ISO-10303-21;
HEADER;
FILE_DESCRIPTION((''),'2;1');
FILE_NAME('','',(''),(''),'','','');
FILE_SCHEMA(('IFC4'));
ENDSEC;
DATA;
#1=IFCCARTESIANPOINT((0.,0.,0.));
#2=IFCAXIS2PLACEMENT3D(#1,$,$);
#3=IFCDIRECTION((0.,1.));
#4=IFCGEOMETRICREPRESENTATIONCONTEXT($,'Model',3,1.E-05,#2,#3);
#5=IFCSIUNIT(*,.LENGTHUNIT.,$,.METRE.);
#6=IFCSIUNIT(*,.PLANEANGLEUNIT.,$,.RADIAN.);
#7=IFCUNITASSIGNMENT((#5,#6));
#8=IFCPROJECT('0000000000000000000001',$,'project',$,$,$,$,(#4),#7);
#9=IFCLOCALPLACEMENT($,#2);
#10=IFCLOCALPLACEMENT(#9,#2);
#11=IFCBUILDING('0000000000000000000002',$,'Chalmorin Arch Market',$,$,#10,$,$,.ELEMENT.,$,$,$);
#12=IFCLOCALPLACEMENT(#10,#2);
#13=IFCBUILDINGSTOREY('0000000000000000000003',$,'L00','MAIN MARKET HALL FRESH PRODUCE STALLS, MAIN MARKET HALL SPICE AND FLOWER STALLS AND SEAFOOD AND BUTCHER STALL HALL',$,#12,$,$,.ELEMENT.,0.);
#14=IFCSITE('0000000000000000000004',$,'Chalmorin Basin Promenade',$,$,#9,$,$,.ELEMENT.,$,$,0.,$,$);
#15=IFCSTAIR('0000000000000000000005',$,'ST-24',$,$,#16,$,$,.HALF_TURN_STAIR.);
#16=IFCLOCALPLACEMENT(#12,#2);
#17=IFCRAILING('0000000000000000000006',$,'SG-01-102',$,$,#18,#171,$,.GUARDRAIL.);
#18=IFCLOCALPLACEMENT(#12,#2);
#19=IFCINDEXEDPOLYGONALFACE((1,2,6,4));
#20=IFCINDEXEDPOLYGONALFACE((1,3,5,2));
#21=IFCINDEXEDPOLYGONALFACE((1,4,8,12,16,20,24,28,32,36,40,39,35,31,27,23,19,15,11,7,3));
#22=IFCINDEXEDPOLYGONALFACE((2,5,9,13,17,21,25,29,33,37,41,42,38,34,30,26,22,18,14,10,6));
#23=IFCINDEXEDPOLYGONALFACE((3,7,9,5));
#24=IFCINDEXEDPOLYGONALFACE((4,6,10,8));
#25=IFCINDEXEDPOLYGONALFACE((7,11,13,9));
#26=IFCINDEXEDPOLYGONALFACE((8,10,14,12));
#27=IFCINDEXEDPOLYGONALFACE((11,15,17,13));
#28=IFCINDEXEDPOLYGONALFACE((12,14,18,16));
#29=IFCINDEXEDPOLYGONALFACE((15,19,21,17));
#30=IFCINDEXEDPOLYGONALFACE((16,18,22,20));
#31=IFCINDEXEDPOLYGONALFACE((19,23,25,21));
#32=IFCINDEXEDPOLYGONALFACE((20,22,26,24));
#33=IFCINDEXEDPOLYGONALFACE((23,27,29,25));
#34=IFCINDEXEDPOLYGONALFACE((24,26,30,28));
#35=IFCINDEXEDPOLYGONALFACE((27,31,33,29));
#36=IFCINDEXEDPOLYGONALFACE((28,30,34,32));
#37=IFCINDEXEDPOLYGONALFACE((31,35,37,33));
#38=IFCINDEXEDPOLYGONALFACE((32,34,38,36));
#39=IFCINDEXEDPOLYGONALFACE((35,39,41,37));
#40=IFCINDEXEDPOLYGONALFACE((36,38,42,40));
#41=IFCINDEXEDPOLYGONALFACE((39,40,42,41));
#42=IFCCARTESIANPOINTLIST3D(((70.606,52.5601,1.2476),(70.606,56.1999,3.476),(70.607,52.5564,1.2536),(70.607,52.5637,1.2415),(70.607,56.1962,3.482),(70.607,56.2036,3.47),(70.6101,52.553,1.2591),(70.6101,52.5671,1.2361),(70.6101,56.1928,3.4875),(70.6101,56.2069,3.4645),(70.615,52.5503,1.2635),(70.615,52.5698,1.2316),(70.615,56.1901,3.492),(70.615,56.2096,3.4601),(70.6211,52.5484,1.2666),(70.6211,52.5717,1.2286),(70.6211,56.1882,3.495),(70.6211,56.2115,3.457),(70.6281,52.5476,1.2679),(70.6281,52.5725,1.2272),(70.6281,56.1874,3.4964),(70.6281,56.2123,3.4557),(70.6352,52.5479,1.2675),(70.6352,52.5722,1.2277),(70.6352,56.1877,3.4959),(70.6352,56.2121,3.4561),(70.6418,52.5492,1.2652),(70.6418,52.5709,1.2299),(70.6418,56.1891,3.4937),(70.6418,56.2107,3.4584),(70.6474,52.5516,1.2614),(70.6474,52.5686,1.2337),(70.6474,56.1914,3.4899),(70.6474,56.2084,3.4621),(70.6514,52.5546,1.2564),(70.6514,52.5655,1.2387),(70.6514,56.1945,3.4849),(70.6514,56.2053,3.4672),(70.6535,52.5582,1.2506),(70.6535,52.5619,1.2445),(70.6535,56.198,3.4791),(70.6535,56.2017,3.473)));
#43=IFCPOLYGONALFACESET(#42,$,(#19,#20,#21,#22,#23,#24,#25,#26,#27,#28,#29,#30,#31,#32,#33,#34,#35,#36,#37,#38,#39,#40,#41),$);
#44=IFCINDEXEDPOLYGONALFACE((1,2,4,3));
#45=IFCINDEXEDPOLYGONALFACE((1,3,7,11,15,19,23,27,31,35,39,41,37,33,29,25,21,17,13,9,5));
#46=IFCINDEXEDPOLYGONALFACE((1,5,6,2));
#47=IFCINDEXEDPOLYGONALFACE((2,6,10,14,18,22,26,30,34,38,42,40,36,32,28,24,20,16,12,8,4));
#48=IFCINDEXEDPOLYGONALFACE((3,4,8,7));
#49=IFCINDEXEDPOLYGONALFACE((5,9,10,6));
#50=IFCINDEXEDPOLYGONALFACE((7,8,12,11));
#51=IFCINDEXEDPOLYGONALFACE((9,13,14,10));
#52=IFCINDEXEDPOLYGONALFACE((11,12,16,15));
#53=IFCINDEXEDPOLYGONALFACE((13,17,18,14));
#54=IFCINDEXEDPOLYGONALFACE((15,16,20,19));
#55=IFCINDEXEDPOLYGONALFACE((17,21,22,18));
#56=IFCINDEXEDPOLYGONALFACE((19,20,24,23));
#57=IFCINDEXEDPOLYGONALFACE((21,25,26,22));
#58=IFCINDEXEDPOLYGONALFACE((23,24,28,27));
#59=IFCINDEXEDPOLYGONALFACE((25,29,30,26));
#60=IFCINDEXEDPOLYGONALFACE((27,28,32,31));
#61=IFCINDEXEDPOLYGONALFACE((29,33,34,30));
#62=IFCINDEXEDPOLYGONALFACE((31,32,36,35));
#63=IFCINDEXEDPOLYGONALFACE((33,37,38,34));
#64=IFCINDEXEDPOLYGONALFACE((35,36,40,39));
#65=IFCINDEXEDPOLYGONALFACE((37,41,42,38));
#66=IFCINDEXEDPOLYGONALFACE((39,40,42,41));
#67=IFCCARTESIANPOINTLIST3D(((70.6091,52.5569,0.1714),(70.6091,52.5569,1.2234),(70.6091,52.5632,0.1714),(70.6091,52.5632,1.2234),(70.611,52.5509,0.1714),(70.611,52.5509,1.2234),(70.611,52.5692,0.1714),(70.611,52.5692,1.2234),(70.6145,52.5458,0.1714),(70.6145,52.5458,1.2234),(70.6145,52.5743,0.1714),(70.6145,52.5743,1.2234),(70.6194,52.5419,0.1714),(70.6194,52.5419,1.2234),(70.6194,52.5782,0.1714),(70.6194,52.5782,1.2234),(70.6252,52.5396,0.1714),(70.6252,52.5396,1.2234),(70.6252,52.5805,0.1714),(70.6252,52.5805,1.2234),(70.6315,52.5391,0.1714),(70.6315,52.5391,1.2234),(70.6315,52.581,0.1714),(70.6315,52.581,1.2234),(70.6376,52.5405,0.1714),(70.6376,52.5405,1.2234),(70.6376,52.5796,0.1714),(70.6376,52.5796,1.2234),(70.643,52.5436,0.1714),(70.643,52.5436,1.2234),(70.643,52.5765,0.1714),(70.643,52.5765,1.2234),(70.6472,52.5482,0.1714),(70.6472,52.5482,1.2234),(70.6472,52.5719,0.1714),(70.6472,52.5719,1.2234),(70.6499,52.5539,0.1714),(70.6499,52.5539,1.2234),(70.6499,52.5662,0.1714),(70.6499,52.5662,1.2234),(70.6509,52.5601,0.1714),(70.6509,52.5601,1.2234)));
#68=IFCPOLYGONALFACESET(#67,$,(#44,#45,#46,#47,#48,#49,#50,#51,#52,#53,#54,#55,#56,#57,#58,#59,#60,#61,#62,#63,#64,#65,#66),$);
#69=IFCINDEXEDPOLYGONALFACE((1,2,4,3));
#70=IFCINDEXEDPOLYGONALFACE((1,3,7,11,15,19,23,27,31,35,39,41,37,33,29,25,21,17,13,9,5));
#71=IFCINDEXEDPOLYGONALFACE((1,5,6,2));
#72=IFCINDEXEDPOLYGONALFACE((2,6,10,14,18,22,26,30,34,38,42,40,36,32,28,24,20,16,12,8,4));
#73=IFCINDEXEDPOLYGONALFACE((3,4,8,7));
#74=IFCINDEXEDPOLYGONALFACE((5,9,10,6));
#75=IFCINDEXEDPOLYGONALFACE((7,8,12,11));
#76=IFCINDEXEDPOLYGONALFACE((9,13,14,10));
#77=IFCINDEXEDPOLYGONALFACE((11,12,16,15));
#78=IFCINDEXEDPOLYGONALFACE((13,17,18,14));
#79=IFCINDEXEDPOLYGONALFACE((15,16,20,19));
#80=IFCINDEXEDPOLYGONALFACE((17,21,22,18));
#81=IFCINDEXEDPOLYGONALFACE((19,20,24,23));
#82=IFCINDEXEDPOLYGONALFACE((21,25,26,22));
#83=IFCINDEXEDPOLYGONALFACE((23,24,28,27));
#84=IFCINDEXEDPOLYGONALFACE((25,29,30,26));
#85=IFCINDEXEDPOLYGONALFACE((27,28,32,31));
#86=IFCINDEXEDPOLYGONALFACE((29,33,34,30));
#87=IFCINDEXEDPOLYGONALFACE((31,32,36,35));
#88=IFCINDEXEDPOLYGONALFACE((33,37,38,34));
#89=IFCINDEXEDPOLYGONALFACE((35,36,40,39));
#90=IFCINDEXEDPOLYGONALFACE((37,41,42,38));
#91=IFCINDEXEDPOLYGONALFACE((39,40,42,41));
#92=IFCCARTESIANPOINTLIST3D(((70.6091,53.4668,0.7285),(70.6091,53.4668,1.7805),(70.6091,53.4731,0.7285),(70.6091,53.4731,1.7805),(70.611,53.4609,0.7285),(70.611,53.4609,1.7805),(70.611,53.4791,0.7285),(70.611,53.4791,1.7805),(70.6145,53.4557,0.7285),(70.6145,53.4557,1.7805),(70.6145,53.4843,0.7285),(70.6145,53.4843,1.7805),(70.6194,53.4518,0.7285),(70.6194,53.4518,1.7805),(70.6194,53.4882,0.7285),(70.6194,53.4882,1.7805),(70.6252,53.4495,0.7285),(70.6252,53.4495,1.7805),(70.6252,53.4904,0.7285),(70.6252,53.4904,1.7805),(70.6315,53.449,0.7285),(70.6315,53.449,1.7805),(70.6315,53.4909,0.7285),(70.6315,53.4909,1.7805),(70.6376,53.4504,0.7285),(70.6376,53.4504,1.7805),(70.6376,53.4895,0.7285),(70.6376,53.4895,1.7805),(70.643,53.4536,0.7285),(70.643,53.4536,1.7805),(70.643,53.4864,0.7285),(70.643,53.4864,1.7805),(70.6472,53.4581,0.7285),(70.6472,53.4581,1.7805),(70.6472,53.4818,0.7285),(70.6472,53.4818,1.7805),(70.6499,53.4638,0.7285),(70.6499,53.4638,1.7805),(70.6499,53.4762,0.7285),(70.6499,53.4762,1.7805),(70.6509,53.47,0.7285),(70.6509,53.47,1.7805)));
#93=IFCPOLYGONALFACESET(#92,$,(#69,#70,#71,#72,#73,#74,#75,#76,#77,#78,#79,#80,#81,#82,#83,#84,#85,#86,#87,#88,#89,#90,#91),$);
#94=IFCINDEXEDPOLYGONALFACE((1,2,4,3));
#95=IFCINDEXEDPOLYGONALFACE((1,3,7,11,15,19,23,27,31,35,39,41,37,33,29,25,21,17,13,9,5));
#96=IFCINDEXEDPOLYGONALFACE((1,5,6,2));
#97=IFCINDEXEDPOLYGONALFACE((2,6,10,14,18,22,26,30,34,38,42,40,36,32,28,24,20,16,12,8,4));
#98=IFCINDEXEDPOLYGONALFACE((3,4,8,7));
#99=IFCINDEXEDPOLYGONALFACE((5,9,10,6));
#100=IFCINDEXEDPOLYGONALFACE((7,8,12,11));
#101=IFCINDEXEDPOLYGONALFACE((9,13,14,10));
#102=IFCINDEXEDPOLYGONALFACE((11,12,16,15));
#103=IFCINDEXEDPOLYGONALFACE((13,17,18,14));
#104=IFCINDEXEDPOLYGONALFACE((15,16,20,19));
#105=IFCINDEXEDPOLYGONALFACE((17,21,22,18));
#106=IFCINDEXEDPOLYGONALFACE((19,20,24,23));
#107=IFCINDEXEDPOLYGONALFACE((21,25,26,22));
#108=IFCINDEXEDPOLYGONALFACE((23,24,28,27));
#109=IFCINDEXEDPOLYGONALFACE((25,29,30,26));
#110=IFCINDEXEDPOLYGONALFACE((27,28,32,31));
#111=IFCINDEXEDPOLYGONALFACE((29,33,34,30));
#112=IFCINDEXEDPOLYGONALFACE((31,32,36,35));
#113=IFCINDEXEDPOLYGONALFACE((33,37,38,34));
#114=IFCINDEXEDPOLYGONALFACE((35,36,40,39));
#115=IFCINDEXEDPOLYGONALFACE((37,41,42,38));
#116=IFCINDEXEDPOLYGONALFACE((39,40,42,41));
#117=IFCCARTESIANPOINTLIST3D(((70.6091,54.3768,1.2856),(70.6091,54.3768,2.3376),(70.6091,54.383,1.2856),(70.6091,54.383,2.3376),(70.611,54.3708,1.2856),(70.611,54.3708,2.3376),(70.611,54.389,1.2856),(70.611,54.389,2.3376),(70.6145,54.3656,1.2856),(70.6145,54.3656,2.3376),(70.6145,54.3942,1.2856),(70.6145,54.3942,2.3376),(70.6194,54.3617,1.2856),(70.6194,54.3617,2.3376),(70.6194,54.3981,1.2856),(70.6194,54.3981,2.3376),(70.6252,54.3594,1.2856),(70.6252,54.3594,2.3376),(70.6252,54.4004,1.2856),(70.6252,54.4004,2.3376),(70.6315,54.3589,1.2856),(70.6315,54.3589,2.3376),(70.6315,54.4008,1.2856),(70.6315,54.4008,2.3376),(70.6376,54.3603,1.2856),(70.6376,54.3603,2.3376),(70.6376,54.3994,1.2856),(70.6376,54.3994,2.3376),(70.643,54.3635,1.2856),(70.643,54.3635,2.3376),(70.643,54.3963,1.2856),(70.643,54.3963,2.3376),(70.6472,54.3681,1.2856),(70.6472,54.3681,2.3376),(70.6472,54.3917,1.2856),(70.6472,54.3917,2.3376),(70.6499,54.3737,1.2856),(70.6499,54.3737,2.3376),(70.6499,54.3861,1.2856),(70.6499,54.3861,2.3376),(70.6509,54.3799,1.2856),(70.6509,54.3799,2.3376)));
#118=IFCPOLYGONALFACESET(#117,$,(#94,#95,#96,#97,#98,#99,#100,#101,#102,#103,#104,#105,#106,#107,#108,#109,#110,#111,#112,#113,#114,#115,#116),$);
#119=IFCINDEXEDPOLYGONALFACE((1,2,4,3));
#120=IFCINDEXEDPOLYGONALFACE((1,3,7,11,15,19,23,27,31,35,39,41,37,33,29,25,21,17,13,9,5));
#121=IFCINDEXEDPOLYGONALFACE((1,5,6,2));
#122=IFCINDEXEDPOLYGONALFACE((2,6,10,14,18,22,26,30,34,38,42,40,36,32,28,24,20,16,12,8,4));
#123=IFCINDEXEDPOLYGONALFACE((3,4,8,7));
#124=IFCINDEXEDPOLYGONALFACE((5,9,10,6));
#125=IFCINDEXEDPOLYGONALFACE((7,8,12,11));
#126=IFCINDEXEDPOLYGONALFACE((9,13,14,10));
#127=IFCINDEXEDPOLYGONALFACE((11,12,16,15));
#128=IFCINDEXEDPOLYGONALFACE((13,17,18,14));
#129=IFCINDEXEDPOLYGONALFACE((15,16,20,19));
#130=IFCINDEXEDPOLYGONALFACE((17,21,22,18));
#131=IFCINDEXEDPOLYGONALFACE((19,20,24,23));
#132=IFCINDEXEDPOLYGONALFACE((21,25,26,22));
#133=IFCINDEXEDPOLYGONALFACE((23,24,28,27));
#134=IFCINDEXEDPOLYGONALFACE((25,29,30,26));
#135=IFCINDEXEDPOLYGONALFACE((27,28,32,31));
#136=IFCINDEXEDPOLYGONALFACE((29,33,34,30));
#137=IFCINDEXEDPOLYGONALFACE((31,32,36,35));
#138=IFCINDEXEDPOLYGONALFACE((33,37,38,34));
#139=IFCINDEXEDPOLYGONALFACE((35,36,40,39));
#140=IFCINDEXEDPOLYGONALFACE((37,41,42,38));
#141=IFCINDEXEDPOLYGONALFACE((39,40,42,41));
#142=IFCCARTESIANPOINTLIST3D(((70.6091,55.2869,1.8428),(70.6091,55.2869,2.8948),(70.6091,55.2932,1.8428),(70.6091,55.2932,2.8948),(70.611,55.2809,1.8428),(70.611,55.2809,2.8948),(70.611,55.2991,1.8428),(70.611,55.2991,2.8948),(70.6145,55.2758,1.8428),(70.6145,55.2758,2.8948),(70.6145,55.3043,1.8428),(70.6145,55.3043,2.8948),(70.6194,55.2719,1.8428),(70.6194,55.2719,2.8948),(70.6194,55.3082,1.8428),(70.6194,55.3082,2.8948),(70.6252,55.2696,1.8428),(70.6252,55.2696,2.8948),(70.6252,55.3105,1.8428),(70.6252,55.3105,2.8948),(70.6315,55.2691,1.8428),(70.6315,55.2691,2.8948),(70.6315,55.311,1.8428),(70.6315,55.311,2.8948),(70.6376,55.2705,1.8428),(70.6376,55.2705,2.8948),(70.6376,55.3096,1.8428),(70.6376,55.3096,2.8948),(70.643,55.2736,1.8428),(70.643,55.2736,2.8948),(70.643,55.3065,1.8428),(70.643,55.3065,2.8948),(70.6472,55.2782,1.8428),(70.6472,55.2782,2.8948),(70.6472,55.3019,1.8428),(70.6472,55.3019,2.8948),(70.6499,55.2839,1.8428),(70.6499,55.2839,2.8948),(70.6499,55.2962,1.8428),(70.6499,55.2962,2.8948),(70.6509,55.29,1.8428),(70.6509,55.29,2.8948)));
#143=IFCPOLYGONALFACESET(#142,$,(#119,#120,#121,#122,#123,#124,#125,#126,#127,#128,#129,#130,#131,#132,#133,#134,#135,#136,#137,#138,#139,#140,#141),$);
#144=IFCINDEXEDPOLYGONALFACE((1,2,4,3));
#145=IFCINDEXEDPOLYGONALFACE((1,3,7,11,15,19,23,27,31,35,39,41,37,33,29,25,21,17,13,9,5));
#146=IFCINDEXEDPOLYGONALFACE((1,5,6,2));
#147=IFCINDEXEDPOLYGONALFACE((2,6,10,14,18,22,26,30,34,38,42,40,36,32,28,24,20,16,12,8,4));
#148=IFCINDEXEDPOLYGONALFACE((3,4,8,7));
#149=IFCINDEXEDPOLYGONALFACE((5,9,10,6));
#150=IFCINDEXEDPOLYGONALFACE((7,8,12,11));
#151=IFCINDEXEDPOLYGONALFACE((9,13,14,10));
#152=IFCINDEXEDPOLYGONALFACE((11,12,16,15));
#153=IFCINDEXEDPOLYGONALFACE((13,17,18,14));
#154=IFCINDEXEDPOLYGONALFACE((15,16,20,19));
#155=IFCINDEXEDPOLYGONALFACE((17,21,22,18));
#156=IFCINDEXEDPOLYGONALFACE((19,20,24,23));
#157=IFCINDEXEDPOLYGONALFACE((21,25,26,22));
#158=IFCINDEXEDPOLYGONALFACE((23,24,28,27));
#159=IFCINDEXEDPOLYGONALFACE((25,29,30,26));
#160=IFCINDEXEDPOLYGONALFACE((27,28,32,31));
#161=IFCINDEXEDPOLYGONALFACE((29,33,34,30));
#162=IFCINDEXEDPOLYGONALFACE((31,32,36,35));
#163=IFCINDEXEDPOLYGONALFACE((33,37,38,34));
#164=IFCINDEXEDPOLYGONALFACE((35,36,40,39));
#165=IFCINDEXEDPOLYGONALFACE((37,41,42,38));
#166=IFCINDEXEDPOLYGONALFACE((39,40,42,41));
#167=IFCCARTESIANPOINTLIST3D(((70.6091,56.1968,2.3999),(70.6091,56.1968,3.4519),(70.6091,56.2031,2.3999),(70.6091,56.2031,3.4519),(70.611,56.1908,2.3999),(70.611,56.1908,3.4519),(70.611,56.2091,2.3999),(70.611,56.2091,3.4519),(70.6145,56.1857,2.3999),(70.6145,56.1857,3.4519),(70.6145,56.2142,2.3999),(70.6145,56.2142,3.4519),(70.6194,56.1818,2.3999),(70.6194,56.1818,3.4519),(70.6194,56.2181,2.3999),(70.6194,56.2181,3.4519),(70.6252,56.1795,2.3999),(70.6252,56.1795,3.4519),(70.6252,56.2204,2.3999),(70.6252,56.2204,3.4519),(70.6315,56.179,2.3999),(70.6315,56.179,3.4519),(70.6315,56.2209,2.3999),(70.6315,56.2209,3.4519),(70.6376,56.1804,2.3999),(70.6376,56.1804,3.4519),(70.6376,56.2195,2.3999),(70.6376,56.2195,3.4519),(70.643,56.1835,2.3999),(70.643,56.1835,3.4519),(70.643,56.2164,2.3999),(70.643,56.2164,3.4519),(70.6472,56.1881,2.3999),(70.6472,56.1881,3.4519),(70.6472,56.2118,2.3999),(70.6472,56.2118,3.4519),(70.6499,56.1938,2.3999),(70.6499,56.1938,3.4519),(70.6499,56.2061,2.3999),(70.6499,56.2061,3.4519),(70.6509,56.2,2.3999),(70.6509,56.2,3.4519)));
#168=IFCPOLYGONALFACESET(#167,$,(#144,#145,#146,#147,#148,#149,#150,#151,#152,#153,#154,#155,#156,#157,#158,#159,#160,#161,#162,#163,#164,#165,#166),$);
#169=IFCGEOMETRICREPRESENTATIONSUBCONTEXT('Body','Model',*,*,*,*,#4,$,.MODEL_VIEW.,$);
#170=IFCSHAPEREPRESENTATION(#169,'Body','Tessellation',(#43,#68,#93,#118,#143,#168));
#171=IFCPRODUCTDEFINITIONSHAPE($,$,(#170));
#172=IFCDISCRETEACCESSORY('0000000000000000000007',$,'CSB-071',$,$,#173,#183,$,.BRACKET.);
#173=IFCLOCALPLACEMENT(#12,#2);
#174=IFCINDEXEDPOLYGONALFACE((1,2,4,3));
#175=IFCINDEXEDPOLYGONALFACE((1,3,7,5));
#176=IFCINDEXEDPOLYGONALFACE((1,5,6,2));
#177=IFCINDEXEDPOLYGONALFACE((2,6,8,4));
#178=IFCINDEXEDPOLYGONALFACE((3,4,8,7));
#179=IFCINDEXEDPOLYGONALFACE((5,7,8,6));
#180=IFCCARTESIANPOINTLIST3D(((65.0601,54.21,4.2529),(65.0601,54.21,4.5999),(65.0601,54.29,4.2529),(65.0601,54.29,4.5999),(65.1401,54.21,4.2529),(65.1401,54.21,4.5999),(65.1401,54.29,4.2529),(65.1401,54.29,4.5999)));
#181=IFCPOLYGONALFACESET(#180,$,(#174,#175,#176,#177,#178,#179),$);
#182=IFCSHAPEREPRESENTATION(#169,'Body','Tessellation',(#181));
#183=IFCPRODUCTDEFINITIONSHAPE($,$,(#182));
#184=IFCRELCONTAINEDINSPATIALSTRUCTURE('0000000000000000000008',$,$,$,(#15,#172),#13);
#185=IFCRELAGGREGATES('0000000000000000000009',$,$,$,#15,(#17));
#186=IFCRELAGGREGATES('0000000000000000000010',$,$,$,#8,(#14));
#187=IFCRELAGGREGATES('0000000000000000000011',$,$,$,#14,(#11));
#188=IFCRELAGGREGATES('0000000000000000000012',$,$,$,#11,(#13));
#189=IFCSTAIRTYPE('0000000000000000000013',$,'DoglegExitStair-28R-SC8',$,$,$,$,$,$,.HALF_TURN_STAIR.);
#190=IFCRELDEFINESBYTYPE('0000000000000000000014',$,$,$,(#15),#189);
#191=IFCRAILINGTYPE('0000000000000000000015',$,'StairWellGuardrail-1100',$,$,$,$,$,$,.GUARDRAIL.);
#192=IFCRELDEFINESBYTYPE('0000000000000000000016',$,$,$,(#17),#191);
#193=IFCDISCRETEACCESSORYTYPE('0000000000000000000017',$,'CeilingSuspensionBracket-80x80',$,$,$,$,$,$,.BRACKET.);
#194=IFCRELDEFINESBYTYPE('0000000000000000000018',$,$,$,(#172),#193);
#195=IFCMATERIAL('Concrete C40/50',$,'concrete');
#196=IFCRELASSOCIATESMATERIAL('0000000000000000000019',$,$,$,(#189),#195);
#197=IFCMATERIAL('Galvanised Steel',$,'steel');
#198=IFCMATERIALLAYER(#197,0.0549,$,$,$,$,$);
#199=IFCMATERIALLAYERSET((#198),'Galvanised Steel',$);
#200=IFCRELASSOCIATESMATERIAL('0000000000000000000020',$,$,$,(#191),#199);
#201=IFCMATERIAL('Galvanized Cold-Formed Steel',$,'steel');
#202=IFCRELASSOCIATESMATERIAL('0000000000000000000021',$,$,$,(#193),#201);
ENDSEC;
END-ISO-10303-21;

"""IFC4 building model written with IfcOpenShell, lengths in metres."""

from ifc_helpers import new_model, si_unit, direction, frame, origin, origin_2d, place, context, subcontext, project, spatial, rectangle, circle, extrude, material, layer, layer_set, type_object, element, aggregate, save


model = new_model("IFC4")

# Units and contexts
model_context = context("Model", 3, precision=1e-05, world=origin(), true_north=direction((0.0, 1.0)))
body_context = subcontext(model_context, "Body", "Model", "MODEL_VIEW")
ifc_project = project(units=[si_unit("LENGTHUNIT", "METRE"), si_unit("PLANEANGLEUNIT", "RADIAN")], contexts=[model_context])

# Site, building, storey
site_placement = place(None, origin())
site = spatial("IfcSite", under=ifc_project, at=site_placement, Name="Chalmorin Basin Promenade", CompositionType="ELEMENT", RefElevation=0.0)
building_placement = place(site_placement, origin())
building = spatial("IfcBuilding", under=site, at=building_placement, Name="Chalmorin Arch Market", CompositionType="ELEMENT")
storey_placement = place(building_placement, origin())
storey = spatial("IfcBuildingStorey", under=building, at=storey_placement, Name="L00", Description="MAIN MARKET HALL FRESH PRODUCE STALLS, MAIN MARKET HALL SPICE AND FLOWER STALLS AND SEAFOOD AND BUTCHER STALL HALL", CompositionType="ELEMENT", Elevation=0.0)

# Shared definitions
ifc_material_1 = material(Name="Concrete C40/50", Category="concrete")

# Shared definitions
ifc_material_2 = material(Name="Galvanised Steel", Category="steel")

# Stair, railing
stair_type = type_object("IfcStairType", Name="DoglegExitStair-28R-SC8", PredefinedType="HALF_TURN_STAIR", material=ifc_material_1)
stair_placement = place(storey_placement, origin())
stair = element("IfcStair", 1, at=stair_placement, inside=storey, type_object=stair_type, Name="ST-24", PredefinedType="HALF_TURN_STAIR")
ifc_layer_1 = layer(ifc_material_2, 0.0549)
ifc_layer_set_1 = layer_set([ifc_layer_1], Name="Galvanised Steel")
railing_type_1 = type_object("IfcRailingType", Name="StairWellGuardrail-1100", PredefinedType="GUARDRAIL", material=ifc_layer_set_1)
railing_1_placement = place(storey_placement, frame((70.6299, 52.5601, 0.1714)))
railing_1 = element("IfcRailing", 2, at=railing_1_placement, type_object=railing_type_1, Name="SG-01-102", PredefinedType="GUARDRAIL", context=body_context, shape_type="SweptSolid", body=[
    extrude(circle(Radius=0.0239, at=origin_2d()), frame((0.0, 0.0, 1.0762), z_axis=(0.0, 0.85285, 0.522156), x_axis=(-1.0, 0.0, 0.0)), (0.0, 0.0, 1.0), 4.2678),
    extrude(circle(Radius=0.021, at=origin_2d()), origin(), (0.0, 0.0, 1.0), 1.052),
    extrude(circle(Radius=0.021, at=origin_2d()), frame((0.0, 0.9099, 0.5571)), (0.0, 0.0, 1.0), 1.052),
    extrude(circle(Radius=0.021, at=origin_2d()), frame((0.0, 1.8198, 1.1143)), (0.0, 0.0, 1.0), 1.052),
    extrude(circle(Radius=0.021, at=origin_2d()), frame((0.0, 2.73, 1.6714)), (0.0, 0.0, 1.0), 1.052),
    extrude(circle(Radius=0.021, at=origin_2d()), frame((0.0, 3.6399, 2.2285)), (0.0, 0.0, 1.0), 1.052),
])
aggregate(stair, [railing_1])

# Discrete accessory
ifc_material_3 = material(Name="Galvanized Cold-Formed Steel", Category="steel")
discrete_accessory_type = type_object("IfcDiscreteAccessoryType", Name="CeilingSuspensionBracket-80x80", PredefinedType="BRACKET", material=ifc_material_3)
discrete_accessory_placement = place(storey_placement, frame((65.1001, 54.25, 4.2529), z_axis=(0.0, 0.0, 1.0), x_axis=(1.0, 0.0, 0.0)))
element("IfcDiscreteAccessory", 3, at=discrete_accessory_placement, inside=storey, type_object=discrete_accessory_type, Name="CSB-071", PredefinedType="BRACKET", context=body_context, shape_type="SweptSolid", body=[
    extrude(rectangle(XDim=0.0801, YDim=0.0801, at=origin_2d()), origin(), (0.0, 0.0, 1.0), 0.3469),
])

save(model, "model.ifc")
